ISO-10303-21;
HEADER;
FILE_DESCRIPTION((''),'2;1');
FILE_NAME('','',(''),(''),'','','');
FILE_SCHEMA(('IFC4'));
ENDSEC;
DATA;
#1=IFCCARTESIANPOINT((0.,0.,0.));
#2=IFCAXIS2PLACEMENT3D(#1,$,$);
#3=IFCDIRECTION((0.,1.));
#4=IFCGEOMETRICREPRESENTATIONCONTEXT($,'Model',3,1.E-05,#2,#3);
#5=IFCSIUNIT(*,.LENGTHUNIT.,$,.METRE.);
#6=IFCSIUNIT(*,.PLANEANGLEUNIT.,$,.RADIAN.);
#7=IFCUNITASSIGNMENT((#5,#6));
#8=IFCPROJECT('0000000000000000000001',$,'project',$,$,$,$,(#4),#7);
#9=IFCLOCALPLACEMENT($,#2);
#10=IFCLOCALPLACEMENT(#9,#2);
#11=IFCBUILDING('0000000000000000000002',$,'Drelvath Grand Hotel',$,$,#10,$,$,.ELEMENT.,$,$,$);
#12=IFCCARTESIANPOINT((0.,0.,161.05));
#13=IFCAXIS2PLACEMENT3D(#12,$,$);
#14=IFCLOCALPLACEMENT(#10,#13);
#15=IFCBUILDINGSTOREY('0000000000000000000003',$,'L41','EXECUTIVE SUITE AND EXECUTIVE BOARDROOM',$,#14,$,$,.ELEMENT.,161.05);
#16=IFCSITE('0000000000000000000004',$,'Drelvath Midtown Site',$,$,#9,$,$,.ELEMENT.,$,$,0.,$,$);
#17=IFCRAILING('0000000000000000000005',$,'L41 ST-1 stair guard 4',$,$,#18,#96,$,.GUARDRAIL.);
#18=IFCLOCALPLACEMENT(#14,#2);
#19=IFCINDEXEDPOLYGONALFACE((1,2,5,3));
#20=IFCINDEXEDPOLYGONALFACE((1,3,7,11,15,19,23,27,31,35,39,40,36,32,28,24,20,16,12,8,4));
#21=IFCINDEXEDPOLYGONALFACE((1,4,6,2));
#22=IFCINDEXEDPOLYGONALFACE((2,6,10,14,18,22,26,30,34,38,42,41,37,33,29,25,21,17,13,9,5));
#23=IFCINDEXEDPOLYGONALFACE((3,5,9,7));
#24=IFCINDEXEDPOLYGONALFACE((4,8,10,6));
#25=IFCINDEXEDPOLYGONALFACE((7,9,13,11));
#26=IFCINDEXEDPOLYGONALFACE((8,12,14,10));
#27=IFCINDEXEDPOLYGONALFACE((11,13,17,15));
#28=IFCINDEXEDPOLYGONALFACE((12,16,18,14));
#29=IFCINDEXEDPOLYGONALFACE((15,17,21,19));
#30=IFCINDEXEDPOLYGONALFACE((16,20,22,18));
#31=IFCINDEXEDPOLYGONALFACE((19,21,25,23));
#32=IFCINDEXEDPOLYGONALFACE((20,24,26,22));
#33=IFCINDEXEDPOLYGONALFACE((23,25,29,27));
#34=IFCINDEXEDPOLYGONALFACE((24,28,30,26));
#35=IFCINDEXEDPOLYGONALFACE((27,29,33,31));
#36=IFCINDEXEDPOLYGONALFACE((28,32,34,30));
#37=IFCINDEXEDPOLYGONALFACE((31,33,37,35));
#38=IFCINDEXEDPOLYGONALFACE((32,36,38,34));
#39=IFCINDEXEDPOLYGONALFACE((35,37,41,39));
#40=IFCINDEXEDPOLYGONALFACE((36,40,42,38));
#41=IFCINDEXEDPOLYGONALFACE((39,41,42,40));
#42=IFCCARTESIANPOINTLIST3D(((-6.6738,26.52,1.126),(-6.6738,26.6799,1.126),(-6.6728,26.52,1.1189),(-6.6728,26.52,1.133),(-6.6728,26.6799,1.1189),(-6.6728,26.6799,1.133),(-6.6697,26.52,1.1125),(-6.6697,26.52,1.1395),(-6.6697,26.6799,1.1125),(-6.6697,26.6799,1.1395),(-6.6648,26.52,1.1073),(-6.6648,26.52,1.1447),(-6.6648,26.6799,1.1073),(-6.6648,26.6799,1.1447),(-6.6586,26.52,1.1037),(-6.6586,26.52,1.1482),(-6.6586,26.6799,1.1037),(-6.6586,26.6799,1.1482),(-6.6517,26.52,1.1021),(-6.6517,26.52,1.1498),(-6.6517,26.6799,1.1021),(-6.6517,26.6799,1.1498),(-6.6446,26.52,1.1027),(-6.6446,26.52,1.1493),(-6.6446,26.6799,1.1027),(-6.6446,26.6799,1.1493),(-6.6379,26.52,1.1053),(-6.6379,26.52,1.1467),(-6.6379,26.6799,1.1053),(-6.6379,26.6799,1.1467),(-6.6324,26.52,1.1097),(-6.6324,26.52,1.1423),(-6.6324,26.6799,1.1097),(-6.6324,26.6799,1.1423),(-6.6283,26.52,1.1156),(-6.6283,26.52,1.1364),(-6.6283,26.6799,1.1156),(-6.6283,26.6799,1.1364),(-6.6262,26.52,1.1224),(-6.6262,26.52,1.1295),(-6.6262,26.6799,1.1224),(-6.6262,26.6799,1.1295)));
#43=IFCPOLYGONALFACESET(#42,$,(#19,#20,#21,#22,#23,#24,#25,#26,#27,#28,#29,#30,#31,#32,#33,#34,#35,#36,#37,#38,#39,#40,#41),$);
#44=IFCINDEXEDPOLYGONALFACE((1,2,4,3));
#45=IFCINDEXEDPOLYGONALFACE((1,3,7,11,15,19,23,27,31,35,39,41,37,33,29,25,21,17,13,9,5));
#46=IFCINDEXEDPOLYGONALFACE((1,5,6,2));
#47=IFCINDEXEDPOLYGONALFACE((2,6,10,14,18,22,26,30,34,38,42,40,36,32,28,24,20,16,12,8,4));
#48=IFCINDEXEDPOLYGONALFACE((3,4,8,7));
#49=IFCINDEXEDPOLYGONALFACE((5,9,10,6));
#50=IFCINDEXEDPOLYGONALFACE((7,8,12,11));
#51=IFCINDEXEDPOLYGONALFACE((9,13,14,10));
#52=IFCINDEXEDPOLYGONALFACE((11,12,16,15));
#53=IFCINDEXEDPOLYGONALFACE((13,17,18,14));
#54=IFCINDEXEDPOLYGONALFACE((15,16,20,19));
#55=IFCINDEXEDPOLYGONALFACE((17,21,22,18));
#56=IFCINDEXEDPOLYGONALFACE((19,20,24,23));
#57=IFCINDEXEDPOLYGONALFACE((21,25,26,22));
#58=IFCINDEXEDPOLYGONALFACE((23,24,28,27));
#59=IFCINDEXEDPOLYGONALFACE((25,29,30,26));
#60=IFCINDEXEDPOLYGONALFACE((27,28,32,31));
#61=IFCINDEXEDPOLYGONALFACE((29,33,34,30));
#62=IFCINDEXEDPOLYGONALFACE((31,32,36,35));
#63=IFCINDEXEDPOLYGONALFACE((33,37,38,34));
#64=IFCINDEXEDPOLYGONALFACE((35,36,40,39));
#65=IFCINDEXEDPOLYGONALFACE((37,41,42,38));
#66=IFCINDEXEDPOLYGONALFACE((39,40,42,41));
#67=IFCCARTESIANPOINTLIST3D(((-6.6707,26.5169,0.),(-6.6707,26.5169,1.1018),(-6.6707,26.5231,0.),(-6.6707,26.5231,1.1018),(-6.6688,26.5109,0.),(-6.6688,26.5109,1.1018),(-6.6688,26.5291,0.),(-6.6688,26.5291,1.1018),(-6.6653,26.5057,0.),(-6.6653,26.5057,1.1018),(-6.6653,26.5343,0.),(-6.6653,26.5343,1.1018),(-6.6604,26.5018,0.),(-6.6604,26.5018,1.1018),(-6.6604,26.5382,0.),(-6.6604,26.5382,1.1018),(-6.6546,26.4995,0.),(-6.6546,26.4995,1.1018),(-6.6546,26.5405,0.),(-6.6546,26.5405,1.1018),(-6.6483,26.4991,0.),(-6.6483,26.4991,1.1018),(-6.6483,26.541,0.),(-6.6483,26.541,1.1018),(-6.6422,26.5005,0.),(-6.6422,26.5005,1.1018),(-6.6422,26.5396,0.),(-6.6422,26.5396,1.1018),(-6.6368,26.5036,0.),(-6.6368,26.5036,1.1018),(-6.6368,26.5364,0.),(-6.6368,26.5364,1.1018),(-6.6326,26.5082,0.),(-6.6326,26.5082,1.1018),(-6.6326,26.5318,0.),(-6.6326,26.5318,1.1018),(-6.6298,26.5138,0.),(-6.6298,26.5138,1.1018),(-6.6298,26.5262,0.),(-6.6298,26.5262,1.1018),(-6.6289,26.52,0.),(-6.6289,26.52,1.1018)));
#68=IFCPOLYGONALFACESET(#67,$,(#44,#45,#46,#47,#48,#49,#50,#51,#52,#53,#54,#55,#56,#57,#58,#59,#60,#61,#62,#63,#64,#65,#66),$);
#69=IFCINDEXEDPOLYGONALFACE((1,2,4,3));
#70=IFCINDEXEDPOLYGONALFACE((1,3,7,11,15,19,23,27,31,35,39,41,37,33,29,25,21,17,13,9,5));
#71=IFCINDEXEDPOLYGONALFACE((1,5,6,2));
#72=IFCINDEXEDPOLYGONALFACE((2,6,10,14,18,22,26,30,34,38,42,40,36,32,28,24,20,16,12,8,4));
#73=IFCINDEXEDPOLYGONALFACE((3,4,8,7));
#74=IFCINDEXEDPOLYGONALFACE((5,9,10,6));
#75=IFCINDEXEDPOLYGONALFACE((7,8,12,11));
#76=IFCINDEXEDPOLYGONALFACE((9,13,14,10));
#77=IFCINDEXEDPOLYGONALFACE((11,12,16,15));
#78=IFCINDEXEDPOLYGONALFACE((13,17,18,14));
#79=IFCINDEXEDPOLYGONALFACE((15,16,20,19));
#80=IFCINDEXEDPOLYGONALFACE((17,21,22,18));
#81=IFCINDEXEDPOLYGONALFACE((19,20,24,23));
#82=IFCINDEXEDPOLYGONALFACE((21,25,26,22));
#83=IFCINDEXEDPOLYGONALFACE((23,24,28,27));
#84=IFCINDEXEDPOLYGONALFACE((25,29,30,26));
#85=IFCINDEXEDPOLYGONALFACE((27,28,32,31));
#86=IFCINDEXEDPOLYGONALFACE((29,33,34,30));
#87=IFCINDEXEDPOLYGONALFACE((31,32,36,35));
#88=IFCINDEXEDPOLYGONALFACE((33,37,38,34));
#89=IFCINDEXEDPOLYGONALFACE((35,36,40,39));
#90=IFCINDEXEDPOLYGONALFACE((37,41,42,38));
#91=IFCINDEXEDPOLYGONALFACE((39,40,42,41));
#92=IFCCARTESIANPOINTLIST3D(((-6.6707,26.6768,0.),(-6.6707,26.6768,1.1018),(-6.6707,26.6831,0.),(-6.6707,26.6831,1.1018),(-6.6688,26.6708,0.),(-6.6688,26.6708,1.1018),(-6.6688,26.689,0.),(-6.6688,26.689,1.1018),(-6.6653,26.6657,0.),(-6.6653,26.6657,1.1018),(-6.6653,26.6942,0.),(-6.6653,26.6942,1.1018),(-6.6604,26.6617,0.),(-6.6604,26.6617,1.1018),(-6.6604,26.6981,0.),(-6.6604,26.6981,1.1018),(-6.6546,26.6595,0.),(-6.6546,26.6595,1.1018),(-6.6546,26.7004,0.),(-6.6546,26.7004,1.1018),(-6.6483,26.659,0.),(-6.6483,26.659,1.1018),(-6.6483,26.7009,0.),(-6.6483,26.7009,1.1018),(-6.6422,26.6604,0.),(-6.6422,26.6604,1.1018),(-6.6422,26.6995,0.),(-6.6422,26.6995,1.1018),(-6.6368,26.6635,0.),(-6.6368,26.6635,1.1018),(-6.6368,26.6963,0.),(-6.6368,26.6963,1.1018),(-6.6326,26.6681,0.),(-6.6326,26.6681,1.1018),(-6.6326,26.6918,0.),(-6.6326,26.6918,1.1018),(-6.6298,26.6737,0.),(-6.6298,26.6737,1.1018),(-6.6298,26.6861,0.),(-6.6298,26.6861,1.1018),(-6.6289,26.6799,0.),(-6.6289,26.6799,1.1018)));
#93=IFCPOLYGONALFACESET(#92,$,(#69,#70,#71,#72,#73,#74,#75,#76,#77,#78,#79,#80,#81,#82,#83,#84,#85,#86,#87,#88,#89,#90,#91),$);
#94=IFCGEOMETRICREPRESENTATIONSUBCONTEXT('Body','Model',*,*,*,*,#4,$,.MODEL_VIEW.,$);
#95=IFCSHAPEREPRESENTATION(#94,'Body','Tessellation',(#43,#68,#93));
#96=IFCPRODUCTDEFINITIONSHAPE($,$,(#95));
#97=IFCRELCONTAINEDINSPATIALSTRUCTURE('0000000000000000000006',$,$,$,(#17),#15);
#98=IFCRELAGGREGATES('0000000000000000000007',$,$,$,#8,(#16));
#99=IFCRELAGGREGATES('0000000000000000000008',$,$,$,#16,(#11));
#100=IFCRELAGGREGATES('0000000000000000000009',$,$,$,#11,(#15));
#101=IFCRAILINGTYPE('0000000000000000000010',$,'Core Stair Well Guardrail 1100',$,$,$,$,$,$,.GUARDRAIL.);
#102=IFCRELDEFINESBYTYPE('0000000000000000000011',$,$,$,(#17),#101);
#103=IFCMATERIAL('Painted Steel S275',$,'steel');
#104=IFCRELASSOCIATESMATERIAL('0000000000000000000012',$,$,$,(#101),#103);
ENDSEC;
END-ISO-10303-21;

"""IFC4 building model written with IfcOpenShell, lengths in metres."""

from ifc_helpers import new_model, si_unit, direction, frame, origin, origin_2d, place, context, subcontext, project, spatial, circle, extrude, material, type_object, element, save


model = new_model("IFC4")

# Units and contexts
model_context = context("Model", 3, precision=1e-05, world=origin(), true_north=direction((0.0, 1.0)))
body_context = subcontext(model_context, "Body", "Model", "MODEL_VIEW")
ifc_project = project(units=[si_unit("LENGTHUNIT", "METRE"), si_unit("PLANEANGLEUNIT", "RADIAN")], contexts=[model_context])

# Site, building, storey
site_placement = place(None, origin())
site = spatial("IfcSite", under=ifc_project, at=site_placement, Name="Drelvath Midtown Site", CompositionType="ELEMENT", RefElevation=0.0)
building_placement = place(site_placement, origin())
building = spatial("IfcBuilding", under=site, at=building_placement, Name="Drelvath Grand Hotel", CompositionType="ELEMENT")
storey_placement = place(building_placement, frame((0.0, 0.0, 161.05)))
storey = spatial("IfcBuildingStorey", under=building, at=storey_placement, Name="L41", Description="EXECUTIVE SUITE AND EXECUTIVE BOARDROOM", CompositionType="ELEMENT", Elevation=161.05)

# Shared definitions
ifc_material_1 = material(Name="Painted Steel S275", Category="steel")

# Railing
railing_type_1 = type_object("IfcRailingType", Name="Core Stair Well Guardrail 1100", PredefinedType="GUARDRAIL", material=ifc_material_1)
railing_1_placement = place(storey_placement, frame((-6.6499, 26.52, 0.0)))
element("IfcRailing", 1, at=railing_1_placement, inside=storey, type_object=railing_type_1, Name="L41 ST-1 stair guard 4", PredefinedType="GUARDRAIL", context=body_context, shape_type="SweptSolid", body=[
    extrude(circle(Radius=0.0239, at=origin_2d()), frame((0.0, 0.0, 1.126), z_axis=(0.0, 1.0, 0.0), x_axis=(-1.0, 0.0, 0.0)), (0.0, 0.0, 1.0), 0.1599),
    extrude(circle(Radius=0.021, at=origin_2d()), origin(), (0.0, 0.0, 1.0), 1.1018),
    extrude(circle(Radius=0.021, at=origin_2d()), frame((0.0, 0.1599, 0.0)), (0.0, 0.0, 1.0), 1.1018),
])

save(model, "model.ifc")
